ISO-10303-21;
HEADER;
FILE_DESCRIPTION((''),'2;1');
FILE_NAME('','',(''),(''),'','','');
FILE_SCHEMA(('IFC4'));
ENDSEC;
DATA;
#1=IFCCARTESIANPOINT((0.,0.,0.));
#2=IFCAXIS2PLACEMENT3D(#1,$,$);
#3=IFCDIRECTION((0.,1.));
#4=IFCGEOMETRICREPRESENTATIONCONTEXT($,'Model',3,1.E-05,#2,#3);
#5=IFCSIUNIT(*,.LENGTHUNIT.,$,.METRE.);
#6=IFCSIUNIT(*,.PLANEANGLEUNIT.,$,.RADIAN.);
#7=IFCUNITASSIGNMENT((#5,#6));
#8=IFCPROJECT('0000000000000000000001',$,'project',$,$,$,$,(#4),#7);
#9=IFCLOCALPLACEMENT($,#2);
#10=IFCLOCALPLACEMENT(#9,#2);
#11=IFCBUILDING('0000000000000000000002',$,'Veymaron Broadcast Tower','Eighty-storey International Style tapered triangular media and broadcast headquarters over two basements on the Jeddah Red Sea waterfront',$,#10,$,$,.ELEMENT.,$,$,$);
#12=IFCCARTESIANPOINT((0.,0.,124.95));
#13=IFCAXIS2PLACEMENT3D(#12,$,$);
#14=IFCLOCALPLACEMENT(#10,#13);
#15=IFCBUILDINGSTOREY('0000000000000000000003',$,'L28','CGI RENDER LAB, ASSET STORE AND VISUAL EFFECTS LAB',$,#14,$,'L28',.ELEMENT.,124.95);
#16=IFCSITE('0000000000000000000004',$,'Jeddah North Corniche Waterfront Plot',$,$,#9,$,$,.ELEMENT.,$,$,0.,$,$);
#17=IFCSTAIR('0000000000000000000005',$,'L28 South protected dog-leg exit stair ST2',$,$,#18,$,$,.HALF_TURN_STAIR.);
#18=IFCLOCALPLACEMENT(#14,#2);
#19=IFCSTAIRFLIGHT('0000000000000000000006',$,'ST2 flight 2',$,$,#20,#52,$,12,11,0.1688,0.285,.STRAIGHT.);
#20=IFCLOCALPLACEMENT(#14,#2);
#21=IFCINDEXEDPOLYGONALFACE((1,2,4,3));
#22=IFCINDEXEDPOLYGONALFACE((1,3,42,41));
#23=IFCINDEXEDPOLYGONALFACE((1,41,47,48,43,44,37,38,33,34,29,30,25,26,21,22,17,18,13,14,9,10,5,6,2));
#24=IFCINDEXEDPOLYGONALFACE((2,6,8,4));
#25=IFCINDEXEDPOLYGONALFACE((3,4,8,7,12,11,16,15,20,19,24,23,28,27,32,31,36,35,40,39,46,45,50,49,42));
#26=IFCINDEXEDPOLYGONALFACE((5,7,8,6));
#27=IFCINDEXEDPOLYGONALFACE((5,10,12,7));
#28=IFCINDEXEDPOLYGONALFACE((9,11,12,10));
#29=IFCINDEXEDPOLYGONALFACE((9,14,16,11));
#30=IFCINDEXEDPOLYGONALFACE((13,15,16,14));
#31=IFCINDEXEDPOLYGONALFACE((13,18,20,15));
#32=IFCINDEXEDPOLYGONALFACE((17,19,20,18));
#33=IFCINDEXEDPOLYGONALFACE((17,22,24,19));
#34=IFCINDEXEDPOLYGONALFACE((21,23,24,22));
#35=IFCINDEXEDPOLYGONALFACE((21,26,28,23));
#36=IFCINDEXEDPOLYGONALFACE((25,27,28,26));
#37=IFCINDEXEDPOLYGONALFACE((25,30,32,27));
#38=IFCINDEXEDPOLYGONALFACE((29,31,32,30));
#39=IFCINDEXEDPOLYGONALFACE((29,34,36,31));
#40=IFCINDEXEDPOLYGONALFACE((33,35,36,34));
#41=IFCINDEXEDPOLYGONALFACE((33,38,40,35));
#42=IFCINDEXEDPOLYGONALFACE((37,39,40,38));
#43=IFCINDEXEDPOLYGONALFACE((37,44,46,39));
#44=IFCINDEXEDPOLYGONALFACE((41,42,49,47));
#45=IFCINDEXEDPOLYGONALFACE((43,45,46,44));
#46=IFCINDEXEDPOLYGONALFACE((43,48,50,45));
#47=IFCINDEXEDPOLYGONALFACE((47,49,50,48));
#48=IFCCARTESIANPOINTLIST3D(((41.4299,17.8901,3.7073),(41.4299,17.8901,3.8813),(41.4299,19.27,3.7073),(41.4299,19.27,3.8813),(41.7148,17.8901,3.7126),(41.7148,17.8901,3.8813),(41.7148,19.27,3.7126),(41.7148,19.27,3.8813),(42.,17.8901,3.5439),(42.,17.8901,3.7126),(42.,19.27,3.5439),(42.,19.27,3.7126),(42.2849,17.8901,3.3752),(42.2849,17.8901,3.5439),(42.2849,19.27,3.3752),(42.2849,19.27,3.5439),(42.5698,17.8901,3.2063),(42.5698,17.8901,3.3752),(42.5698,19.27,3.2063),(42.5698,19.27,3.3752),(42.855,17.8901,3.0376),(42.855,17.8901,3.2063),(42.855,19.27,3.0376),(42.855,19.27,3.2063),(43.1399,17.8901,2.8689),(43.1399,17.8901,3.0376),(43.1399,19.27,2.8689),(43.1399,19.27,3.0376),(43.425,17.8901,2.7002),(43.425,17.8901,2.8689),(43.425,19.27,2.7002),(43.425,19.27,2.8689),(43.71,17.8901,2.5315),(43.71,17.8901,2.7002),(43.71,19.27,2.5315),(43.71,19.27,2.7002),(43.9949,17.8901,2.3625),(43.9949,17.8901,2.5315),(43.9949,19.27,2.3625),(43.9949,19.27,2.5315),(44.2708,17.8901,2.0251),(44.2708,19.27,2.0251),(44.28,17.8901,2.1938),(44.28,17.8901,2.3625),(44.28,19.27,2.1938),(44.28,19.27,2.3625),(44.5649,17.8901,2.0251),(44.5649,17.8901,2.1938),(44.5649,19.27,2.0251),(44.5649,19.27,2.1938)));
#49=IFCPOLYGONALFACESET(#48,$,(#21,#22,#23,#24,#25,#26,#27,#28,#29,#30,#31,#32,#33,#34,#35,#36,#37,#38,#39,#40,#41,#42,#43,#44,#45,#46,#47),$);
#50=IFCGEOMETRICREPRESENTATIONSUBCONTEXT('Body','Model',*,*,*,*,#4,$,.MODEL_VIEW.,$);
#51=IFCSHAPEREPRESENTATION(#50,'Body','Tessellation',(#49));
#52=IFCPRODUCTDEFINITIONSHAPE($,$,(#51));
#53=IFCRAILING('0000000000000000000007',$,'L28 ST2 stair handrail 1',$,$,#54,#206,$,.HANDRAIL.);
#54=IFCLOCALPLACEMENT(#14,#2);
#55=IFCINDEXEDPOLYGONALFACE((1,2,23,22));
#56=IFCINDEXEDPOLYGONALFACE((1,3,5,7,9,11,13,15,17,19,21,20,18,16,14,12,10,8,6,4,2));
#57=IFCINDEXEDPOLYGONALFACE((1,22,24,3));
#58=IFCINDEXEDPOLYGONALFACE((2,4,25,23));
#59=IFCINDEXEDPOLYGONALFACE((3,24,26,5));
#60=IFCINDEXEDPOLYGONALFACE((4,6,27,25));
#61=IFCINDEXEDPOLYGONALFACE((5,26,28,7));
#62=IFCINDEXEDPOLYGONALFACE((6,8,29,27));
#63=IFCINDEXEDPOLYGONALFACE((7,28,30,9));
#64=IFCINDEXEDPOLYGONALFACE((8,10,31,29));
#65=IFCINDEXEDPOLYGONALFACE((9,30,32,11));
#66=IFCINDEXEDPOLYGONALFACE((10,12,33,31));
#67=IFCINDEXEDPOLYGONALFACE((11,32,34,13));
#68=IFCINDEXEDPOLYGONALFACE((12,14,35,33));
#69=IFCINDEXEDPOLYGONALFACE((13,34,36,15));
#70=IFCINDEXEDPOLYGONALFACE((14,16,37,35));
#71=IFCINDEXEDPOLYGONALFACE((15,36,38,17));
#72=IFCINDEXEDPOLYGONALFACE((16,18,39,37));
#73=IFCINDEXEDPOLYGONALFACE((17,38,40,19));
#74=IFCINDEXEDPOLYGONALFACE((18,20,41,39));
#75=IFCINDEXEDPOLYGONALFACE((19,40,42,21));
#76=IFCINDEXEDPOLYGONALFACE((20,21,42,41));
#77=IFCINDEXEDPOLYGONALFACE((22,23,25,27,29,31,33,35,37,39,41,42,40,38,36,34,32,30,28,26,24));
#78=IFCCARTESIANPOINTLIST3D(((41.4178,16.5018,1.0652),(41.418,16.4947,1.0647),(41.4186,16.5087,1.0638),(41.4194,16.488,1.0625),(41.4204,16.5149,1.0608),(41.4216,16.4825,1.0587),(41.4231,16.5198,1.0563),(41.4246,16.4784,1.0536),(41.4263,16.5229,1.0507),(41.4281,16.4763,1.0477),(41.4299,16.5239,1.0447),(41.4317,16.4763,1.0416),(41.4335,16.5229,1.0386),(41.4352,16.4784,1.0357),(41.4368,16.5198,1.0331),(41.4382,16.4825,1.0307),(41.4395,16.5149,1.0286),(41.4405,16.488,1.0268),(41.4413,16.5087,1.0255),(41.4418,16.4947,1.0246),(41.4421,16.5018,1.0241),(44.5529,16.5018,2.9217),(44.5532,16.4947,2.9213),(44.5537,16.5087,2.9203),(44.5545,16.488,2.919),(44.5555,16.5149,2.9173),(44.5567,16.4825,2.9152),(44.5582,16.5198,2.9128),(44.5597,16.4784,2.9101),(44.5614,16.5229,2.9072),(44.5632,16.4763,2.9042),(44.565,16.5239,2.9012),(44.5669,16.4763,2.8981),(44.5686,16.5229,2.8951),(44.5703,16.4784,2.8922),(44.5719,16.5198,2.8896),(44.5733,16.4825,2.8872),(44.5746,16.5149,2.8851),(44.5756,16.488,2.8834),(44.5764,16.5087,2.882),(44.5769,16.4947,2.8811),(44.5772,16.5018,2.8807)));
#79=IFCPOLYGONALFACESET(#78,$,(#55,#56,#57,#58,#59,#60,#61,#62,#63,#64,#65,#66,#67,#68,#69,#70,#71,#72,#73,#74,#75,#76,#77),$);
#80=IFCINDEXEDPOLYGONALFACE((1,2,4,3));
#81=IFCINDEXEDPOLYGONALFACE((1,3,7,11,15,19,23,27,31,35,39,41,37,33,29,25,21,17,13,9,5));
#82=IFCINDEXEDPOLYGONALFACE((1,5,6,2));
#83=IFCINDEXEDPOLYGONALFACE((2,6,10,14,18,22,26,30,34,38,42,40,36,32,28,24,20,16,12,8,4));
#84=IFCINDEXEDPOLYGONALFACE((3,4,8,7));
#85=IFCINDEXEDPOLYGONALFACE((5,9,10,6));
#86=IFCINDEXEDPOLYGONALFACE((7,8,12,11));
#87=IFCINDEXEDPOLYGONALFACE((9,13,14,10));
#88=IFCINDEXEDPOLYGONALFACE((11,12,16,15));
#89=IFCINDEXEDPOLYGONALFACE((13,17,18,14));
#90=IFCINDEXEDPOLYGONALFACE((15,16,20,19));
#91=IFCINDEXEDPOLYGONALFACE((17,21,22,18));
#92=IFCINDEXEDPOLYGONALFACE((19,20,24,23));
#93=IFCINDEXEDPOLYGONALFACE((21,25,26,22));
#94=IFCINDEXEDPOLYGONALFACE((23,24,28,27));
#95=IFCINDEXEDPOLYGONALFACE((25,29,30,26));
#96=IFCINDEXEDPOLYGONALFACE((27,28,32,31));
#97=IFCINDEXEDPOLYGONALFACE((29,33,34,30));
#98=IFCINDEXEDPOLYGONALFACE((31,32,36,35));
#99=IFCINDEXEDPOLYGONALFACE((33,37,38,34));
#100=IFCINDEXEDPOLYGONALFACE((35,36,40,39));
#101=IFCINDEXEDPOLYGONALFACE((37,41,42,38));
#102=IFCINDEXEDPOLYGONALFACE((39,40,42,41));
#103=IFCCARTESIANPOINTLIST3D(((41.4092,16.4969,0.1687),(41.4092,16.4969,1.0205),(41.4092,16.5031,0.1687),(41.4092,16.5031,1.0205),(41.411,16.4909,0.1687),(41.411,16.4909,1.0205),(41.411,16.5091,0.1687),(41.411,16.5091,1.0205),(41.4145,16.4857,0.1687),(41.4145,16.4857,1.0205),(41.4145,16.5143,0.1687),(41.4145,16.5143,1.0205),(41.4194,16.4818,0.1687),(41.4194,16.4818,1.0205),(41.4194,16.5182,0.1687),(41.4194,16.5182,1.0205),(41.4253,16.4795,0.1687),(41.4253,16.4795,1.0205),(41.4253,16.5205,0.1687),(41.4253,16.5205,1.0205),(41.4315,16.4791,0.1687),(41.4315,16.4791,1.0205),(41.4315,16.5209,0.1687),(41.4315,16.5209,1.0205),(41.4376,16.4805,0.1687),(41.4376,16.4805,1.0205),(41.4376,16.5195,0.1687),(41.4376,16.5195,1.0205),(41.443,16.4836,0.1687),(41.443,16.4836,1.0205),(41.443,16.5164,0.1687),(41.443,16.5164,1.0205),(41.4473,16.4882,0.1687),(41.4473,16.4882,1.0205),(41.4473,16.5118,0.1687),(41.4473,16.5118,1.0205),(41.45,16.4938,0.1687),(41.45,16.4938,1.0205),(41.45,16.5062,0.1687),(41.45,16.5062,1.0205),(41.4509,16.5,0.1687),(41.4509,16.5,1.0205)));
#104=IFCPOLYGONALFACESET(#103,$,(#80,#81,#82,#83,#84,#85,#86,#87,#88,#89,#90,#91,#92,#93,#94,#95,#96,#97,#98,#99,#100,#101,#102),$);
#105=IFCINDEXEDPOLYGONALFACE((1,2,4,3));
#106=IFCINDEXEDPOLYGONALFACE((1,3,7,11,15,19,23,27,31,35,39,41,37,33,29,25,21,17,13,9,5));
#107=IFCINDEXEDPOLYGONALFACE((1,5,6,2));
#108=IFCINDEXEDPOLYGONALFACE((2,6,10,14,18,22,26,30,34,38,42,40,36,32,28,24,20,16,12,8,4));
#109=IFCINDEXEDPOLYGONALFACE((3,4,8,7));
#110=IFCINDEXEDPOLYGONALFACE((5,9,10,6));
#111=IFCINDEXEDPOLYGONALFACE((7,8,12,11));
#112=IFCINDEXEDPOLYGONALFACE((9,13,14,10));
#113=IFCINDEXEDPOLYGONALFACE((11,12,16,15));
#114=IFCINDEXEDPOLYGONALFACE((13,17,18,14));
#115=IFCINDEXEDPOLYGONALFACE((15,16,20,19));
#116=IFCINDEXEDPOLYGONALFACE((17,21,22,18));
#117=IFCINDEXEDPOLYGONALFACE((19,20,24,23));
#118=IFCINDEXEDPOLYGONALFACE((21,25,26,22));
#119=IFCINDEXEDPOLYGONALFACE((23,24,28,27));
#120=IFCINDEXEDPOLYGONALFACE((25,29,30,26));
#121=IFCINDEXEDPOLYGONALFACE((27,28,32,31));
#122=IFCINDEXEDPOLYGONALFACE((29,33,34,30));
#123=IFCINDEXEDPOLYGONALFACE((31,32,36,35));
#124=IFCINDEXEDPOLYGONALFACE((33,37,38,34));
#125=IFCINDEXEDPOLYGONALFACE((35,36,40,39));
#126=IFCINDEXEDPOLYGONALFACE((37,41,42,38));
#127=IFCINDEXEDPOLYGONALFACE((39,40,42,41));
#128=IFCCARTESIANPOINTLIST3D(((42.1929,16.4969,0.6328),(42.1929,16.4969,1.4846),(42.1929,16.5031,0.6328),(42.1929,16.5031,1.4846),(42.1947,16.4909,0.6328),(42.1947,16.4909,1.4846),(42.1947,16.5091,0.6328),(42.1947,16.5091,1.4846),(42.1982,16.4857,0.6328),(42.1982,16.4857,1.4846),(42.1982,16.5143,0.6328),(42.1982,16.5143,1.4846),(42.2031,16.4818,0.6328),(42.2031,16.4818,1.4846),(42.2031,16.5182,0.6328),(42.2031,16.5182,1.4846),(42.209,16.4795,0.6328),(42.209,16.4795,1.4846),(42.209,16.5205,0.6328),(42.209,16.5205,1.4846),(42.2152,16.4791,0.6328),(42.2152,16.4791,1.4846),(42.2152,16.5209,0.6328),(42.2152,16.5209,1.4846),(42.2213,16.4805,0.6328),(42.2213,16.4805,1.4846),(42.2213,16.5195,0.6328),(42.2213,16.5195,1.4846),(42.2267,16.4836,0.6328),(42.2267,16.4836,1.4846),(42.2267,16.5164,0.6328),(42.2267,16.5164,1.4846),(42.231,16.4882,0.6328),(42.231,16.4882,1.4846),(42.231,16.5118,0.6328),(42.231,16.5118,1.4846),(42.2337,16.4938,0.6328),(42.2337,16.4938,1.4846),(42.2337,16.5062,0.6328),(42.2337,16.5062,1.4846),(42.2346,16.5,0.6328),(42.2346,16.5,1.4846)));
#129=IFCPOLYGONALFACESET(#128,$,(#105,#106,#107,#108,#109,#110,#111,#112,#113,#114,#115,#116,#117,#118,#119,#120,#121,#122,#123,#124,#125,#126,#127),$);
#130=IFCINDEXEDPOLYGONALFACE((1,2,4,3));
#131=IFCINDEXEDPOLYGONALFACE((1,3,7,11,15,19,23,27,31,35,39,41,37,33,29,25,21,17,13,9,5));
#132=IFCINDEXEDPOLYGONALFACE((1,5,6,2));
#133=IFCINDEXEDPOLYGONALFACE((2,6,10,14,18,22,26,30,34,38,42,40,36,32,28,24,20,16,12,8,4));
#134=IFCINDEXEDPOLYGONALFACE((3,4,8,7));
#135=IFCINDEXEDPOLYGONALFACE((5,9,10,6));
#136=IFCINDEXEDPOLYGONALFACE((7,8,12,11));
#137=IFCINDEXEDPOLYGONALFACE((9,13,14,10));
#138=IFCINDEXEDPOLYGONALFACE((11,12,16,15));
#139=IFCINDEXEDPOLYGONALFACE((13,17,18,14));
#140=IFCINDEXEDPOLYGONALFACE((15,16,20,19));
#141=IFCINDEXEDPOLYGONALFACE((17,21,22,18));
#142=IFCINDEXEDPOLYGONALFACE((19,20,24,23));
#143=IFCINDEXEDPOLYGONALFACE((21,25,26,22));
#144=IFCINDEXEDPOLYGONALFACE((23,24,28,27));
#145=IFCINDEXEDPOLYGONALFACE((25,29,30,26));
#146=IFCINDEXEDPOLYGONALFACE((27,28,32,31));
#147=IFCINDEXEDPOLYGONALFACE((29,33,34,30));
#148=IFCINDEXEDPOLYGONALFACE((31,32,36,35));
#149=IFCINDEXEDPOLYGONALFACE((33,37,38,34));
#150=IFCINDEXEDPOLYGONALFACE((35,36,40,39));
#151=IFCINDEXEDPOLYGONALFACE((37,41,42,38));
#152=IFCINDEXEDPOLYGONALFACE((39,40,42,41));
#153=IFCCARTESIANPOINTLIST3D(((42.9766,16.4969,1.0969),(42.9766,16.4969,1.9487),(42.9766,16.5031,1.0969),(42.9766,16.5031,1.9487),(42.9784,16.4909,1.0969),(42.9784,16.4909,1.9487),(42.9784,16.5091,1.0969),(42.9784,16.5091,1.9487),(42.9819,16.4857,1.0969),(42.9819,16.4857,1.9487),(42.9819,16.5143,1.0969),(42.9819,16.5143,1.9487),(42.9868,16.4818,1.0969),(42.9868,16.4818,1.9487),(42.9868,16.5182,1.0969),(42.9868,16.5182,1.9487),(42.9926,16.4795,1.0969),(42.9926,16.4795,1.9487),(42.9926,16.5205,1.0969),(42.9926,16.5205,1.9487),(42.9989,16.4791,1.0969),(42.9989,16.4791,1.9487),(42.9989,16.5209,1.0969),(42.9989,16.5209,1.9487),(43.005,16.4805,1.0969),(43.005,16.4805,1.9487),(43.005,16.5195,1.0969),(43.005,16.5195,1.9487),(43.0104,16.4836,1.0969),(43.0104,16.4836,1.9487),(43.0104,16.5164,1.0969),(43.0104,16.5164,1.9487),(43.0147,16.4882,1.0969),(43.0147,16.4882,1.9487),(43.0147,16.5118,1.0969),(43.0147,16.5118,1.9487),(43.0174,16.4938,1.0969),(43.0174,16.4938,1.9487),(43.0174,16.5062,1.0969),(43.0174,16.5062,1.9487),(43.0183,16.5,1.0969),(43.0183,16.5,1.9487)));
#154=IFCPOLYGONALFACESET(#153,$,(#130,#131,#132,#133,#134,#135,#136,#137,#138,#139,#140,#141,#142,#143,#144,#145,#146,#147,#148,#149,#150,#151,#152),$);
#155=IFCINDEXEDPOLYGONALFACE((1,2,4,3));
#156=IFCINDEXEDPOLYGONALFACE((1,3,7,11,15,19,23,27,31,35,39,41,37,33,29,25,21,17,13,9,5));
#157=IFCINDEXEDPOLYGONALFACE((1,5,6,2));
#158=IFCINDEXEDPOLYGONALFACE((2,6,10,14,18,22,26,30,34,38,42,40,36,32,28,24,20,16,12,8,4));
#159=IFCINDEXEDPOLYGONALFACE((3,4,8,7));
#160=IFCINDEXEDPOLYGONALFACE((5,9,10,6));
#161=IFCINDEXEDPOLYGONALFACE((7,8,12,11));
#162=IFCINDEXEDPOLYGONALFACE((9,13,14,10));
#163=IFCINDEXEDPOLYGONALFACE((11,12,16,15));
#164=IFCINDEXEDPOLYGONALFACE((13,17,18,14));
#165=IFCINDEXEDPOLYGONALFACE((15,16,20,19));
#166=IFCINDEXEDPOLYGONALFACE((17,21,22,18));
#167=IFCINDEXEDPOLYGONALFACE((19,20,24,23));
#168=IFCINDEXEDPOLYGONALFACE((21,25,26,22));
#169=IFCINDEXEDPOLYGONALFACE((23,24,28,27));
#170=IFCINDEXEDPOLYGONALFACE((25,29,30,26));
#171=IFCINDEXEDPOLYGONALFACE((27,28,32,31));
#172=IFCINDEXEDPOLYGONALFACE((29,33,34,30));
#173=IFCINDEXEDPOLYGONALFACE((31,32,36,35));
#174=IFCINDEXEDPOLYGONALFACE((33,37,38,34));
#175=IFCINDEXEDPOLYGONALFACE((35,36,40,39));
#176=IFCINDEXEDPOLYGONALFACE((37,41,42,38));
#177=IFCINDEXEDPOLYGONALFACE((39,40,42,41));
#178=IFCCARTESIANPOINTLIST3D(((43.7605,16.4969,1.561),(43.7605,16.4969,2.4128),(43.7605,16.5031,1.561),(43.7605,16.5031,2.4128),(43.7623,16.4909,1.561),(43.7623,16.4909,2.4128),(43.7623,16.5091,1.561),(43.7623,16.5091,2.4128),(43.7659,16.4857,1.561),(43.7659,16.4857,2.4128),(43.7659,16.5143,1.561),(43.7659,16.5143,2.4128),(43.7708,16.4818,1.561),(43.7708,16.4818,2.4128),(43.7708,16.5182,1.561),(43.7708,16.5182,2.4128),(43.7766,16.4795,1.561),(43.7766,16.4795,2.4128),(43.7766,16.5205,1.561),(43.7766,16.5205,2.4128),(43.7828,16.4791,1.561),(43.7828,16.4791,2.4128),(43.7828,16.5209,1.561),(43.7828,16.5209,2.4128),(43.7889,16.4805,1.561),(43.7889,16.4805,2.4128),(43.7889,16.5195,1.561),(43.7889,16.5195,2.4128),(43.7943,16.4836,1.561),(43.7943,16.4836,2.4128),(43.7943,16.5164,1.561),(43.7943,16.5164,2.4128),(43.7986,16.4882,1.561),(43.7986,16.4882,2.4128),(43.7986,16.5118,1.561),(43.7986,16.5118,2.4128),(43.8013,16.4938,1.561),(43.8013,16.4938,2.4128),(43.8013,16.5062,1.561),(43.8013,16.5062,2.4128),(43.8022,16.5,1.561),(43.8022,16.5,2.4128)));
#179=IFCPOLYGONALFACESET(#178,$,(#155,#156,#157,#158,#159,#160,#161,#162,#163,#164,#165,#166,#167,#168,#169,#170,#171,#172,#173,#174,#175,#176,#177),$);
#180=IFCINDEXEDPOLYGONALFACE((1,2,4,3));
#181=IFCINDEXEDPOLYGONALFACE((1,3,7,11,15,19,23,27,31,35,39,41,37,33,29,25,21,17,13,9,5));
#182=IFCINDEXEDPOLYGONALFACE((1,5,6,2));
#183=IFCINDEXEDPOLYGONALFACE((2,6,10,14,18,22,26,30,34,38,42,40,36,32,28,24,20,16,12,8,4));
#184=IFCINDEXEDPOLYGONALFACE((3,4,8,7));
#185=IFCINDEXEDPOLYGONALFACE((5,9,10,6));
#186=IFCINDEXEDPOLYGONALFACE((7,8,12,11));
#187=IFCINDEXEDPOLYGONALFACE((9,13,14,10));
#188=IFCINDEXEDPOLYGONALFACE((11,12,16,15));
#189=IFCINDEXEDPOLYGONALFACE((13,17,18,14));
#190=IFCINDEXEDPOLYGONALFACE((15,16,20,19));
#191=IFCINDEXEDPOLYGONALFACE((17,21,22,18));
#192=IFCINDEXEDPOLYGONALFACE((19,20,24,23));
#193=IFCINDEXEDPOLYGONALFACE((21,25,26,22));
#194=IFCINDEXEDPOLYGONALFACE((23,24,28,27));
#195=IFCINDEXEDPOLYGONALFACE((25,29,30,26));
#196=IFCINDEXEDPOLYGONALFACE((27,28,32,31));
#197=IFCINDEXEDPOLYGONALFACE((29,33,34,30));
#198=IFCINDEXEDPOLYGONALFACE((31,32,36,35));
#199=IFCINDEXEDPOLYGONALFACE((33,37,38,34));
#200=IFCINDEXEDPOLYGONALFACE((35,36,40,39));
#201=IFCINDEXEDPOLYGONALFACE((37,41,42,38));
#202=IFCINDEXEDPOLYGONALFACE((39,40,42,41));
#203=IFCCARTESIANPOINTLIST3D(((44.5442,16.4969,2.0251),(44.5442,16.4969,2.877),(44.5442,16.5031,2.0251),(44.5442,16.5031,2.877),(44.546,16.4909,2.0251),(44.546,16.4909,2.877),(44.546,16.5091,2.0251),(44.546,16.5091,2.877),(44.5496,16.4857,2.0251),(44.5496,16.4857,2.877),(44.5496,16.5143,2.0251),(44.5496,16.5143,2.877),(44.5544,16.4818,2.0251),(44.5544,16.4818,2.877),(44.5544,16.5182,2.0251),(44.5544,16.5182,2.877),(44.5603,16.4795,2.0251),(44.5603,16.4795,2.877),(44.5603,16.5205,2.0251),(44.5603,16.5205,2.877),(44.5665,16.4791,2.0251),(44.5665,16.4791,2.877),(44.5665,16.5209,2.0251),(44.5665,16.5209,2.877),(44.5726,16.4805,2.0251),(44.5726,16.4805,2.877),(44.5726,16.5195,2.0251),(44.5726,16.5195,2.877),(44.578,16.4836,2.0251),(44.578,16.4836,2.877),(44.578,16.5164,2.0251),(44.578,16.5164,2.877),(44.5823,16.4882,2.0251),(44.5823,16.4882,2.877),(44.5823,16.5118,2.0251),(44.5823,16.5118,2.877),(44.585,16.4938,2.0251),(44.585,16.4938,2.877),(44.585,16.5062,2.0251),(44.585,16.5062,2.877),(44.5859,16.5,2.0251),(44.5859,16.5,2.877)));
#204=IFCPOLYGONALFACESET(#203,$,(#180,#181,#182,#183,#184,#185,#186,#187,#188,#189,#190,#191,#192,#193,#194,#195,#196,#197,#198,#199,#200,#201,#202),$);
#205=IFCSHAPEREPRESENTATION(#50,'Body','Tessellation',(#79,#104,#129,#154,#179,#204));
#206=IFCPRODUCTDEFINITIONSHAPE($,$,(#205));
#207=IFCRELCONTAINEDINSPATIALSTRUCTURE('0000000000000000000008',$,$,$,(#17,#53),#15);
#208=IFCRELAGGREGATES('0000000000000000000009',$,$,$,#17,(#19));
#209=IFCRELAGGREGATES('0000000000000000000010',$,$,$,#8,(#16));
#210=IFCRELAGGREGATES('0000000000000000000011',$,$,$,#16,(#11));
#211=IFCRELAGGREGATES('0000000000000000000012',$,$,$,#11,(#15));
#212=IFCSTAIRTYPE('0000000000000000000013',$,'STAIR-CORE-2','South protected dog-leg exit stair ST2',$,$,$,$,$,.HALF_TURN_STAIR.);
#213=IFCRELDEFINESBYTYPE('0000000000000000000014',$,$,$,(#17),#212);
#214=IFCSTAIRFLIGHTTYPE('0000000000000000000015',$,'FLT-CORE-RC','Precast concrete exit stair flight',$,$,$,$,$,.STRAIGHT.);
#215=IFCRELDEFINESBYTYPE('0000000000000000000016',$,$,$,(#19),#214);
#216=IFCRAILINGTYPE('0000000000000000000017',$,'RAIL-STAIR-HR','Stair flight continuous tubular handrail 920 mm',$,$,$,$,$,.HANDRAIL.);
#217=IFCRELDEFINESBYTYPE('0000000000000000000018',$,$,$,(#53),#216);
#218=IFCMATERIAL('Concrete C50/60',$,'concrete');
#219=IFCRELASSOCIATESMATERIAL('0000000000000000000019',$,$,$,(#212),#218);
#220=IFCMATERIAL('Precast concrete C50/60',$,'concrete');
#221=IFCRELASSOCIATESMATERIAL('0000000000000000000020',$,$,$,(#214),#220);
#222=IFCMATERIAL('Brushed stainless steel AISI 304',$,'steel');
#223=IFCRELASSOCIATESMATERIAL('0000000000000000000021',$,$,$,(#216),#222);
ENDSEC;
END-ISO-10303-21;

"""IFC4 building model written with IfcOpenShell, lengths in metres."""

from ifc_helpers import new_model, si_unit, direction, frame, origin, origin_2d, place, context, subcontext, project, spatial, polyline, circle, outline, extrude, material, type_object, element, aggregate, save


model = new_model("IFC4")

# Units and contexts
model_context = context("Model", 3, precision=1e-05, world=origin(), true_north=direction((0.0, 1.0)))
body_context = subcontext(model_context, "Body", "Model", "MODEL_VIEW")
ifc_project = project(units=[si_unit("LENGTHUNIT", "METRE"), si_unit("PLANEANGLEUNIT", "RADIAN")], contexts=[model_context])

# Site, building, storey
site_placement = place(None, origin())
site = spatial("IfcSite", under=ifc_project, at=site_placement, Name="Jeddah North Corniche Waterfront Plot", CompositionType="ELEMENT", RefElevation=0.0)
building_placement = place(site_placement, origin())
building = spatial("IfcBuilding", under=site, at=building_placement, Name="Veymaron Broadcast Tower", Description="Eighty-storey International Style tapered triangular media and broadcast headquarters over two basements on the Jeddah Red Sea waterfront", CompositionType="ELEMENT")
storey_placement = place(building_placement, frame((0.0, 0.0, 124.95)))
storey = spatial("IfcBuildingStorey", under=building, at=storey_placement, Name="L28", Description="CGI RENDER LAB, ASSET STORE AND VISUAL EFFECTS LAB", LongName="L28", CompositionType="ELEMENT", Elevation=124.95)

# Shared definitions
ifc_material_1 = material(Name="Brushed stainless steel AISI 304", Category="steel")

# Shared definitions
ifc_material_2 = material(Name="Concrete C50/60", Category="concrete")

# Stair, stair flight
stair_type = type_object("IfcStairType", Name="STAIR-CORE-2", Description="South protected dog-leg exit stair ST2", PredefinedType="HALF_TURN_STAIR", material=ifc_material_2)
stair_placement = place(storey_placement, origin())
stair = element("IfcStair", 1, at=stair_placement, inside=storey, type_object=stair_type, Name="L28 South protected dog-leg exit stair ST2", PredefinedType="HALF_TURN_STAIR")
ifc_material_3 = material(Name="Precast concrete C50/60", Category="concrete")
stair_flight_type = type_object("IfcStairFlightType", Name="FLT-CORE-RC", Description="Precast concrete exit stair flight", PredefinedType="STRAIGHT", material=ifc_material_3)
stair_flight_1_placement = place(storey_placement, frame((44.5649, 18.5801, 2.0251), z_axis=(0.0, 0.0, 1.0), x_axis=(-1.0, 0.0, 0.0)))
stair_flight_1 = element("IfcStairFlight", 2, at=stair_flight_1_placement, type_object=stair_flight_type, Name="ST2 flight 2", NumberOfRisers=12, NumberOfTreads=11, PredefinedType="STRAIGHT", RiserHeight=0.1688, TreadLength=0.285, context=body_context, shape_type="SweptSolid", body=[
    extrude(outline(polyline([(0.0, 0.0), (0.0, 0.1687), (0.2849, 0.1687), (0.2849, 0.3374), (0.5701, 0.3374), (0.5701, 0.5063), (0.855, 0.5063), (0.855, 0.675), (1.1399, 0.675), (1.1399, 0.8438), (1.425, 0.8438), (1.425, 1.0125), (1.71, 1.0125), (1.71, 1.1812), (1.9951, 1.1812), (1.9951, 1.3501), (2.28, 1.3501), (2.28, 1.5188), (2.5649, 1.5188), (2.5649, 1.6875), (2.8501, 1.6875), (2.8501, 1.8562), (3.135, 1.8562), (3.135, 2.0249), (3.135, 1.6821), (0.2942, 0.0), (0.0, 0.0)])), frame((0.0, 0.6899, 0.0), z_axis=(0.0, -1.0, 0.0), x_axis=(1.0, 0.0, 0.0)), (0.0, 0.0, 1.0), 1.3799),
])
aggregate(stair, [stair_flight_1])

# Railing
railing_type_1 = type_object("IfcRailingType", Name="RAIL-STAIR-HR", Description="Stair flight continuous tubular handrail 920 mm", PredefinedType="HANDRAIL", material=ifc_material_1)
railing_1_placement = place(storey_placement, frame((41.4299, 16.5, 0.1687)))
element("IfcRailing", 3, at=railing_1_placement, inside=storey, type_object=railing_type_1, Name="L28 ST2 stair handrail 1", PredefinedType="HANDRAIL", context=body_context, shape_type="SweptSolid", body=[
    extrude(circle(Radius=0.0239, at=origin_2d()), frame((0.0, 0.0, 0.876), z_axis=(0.860453, 0.0, 0.509531), x_axis=(0.0, 1.0, 0.0)), (0.0, 0.0, 1.0), 3.6436),
    extrude(circle(Radius=0.021, at=origin_2d()), origin(), (0.0, 0.0, 1.0), 0.8518),
    extrude(circle(Radius=0.021, at=origin_2d()), frame((0.7837, 0.0, 0.4641)), (0.0, 0.0, 1.0), 0.8518),
    extrude(circle(Radius=0.021, at=origin_2d()), frame((1.5674, 0.0, 0.9282)), (0.0, 0.0, 1.0), 0.8518),
    extrude(circle(Radius=0.021, at=origin_2d()), frame((2.3513, 0.0, 1.3923)), (0.0, 0.0, 1.0), 0.8518),
    extrude(circle(Radius=0.021, at=origin_2d()), frame((3.135, 0.0, 1.8564)), (0.0, 0.0, 1.0), 0.8518),
])

save(model, "model.ifc")
